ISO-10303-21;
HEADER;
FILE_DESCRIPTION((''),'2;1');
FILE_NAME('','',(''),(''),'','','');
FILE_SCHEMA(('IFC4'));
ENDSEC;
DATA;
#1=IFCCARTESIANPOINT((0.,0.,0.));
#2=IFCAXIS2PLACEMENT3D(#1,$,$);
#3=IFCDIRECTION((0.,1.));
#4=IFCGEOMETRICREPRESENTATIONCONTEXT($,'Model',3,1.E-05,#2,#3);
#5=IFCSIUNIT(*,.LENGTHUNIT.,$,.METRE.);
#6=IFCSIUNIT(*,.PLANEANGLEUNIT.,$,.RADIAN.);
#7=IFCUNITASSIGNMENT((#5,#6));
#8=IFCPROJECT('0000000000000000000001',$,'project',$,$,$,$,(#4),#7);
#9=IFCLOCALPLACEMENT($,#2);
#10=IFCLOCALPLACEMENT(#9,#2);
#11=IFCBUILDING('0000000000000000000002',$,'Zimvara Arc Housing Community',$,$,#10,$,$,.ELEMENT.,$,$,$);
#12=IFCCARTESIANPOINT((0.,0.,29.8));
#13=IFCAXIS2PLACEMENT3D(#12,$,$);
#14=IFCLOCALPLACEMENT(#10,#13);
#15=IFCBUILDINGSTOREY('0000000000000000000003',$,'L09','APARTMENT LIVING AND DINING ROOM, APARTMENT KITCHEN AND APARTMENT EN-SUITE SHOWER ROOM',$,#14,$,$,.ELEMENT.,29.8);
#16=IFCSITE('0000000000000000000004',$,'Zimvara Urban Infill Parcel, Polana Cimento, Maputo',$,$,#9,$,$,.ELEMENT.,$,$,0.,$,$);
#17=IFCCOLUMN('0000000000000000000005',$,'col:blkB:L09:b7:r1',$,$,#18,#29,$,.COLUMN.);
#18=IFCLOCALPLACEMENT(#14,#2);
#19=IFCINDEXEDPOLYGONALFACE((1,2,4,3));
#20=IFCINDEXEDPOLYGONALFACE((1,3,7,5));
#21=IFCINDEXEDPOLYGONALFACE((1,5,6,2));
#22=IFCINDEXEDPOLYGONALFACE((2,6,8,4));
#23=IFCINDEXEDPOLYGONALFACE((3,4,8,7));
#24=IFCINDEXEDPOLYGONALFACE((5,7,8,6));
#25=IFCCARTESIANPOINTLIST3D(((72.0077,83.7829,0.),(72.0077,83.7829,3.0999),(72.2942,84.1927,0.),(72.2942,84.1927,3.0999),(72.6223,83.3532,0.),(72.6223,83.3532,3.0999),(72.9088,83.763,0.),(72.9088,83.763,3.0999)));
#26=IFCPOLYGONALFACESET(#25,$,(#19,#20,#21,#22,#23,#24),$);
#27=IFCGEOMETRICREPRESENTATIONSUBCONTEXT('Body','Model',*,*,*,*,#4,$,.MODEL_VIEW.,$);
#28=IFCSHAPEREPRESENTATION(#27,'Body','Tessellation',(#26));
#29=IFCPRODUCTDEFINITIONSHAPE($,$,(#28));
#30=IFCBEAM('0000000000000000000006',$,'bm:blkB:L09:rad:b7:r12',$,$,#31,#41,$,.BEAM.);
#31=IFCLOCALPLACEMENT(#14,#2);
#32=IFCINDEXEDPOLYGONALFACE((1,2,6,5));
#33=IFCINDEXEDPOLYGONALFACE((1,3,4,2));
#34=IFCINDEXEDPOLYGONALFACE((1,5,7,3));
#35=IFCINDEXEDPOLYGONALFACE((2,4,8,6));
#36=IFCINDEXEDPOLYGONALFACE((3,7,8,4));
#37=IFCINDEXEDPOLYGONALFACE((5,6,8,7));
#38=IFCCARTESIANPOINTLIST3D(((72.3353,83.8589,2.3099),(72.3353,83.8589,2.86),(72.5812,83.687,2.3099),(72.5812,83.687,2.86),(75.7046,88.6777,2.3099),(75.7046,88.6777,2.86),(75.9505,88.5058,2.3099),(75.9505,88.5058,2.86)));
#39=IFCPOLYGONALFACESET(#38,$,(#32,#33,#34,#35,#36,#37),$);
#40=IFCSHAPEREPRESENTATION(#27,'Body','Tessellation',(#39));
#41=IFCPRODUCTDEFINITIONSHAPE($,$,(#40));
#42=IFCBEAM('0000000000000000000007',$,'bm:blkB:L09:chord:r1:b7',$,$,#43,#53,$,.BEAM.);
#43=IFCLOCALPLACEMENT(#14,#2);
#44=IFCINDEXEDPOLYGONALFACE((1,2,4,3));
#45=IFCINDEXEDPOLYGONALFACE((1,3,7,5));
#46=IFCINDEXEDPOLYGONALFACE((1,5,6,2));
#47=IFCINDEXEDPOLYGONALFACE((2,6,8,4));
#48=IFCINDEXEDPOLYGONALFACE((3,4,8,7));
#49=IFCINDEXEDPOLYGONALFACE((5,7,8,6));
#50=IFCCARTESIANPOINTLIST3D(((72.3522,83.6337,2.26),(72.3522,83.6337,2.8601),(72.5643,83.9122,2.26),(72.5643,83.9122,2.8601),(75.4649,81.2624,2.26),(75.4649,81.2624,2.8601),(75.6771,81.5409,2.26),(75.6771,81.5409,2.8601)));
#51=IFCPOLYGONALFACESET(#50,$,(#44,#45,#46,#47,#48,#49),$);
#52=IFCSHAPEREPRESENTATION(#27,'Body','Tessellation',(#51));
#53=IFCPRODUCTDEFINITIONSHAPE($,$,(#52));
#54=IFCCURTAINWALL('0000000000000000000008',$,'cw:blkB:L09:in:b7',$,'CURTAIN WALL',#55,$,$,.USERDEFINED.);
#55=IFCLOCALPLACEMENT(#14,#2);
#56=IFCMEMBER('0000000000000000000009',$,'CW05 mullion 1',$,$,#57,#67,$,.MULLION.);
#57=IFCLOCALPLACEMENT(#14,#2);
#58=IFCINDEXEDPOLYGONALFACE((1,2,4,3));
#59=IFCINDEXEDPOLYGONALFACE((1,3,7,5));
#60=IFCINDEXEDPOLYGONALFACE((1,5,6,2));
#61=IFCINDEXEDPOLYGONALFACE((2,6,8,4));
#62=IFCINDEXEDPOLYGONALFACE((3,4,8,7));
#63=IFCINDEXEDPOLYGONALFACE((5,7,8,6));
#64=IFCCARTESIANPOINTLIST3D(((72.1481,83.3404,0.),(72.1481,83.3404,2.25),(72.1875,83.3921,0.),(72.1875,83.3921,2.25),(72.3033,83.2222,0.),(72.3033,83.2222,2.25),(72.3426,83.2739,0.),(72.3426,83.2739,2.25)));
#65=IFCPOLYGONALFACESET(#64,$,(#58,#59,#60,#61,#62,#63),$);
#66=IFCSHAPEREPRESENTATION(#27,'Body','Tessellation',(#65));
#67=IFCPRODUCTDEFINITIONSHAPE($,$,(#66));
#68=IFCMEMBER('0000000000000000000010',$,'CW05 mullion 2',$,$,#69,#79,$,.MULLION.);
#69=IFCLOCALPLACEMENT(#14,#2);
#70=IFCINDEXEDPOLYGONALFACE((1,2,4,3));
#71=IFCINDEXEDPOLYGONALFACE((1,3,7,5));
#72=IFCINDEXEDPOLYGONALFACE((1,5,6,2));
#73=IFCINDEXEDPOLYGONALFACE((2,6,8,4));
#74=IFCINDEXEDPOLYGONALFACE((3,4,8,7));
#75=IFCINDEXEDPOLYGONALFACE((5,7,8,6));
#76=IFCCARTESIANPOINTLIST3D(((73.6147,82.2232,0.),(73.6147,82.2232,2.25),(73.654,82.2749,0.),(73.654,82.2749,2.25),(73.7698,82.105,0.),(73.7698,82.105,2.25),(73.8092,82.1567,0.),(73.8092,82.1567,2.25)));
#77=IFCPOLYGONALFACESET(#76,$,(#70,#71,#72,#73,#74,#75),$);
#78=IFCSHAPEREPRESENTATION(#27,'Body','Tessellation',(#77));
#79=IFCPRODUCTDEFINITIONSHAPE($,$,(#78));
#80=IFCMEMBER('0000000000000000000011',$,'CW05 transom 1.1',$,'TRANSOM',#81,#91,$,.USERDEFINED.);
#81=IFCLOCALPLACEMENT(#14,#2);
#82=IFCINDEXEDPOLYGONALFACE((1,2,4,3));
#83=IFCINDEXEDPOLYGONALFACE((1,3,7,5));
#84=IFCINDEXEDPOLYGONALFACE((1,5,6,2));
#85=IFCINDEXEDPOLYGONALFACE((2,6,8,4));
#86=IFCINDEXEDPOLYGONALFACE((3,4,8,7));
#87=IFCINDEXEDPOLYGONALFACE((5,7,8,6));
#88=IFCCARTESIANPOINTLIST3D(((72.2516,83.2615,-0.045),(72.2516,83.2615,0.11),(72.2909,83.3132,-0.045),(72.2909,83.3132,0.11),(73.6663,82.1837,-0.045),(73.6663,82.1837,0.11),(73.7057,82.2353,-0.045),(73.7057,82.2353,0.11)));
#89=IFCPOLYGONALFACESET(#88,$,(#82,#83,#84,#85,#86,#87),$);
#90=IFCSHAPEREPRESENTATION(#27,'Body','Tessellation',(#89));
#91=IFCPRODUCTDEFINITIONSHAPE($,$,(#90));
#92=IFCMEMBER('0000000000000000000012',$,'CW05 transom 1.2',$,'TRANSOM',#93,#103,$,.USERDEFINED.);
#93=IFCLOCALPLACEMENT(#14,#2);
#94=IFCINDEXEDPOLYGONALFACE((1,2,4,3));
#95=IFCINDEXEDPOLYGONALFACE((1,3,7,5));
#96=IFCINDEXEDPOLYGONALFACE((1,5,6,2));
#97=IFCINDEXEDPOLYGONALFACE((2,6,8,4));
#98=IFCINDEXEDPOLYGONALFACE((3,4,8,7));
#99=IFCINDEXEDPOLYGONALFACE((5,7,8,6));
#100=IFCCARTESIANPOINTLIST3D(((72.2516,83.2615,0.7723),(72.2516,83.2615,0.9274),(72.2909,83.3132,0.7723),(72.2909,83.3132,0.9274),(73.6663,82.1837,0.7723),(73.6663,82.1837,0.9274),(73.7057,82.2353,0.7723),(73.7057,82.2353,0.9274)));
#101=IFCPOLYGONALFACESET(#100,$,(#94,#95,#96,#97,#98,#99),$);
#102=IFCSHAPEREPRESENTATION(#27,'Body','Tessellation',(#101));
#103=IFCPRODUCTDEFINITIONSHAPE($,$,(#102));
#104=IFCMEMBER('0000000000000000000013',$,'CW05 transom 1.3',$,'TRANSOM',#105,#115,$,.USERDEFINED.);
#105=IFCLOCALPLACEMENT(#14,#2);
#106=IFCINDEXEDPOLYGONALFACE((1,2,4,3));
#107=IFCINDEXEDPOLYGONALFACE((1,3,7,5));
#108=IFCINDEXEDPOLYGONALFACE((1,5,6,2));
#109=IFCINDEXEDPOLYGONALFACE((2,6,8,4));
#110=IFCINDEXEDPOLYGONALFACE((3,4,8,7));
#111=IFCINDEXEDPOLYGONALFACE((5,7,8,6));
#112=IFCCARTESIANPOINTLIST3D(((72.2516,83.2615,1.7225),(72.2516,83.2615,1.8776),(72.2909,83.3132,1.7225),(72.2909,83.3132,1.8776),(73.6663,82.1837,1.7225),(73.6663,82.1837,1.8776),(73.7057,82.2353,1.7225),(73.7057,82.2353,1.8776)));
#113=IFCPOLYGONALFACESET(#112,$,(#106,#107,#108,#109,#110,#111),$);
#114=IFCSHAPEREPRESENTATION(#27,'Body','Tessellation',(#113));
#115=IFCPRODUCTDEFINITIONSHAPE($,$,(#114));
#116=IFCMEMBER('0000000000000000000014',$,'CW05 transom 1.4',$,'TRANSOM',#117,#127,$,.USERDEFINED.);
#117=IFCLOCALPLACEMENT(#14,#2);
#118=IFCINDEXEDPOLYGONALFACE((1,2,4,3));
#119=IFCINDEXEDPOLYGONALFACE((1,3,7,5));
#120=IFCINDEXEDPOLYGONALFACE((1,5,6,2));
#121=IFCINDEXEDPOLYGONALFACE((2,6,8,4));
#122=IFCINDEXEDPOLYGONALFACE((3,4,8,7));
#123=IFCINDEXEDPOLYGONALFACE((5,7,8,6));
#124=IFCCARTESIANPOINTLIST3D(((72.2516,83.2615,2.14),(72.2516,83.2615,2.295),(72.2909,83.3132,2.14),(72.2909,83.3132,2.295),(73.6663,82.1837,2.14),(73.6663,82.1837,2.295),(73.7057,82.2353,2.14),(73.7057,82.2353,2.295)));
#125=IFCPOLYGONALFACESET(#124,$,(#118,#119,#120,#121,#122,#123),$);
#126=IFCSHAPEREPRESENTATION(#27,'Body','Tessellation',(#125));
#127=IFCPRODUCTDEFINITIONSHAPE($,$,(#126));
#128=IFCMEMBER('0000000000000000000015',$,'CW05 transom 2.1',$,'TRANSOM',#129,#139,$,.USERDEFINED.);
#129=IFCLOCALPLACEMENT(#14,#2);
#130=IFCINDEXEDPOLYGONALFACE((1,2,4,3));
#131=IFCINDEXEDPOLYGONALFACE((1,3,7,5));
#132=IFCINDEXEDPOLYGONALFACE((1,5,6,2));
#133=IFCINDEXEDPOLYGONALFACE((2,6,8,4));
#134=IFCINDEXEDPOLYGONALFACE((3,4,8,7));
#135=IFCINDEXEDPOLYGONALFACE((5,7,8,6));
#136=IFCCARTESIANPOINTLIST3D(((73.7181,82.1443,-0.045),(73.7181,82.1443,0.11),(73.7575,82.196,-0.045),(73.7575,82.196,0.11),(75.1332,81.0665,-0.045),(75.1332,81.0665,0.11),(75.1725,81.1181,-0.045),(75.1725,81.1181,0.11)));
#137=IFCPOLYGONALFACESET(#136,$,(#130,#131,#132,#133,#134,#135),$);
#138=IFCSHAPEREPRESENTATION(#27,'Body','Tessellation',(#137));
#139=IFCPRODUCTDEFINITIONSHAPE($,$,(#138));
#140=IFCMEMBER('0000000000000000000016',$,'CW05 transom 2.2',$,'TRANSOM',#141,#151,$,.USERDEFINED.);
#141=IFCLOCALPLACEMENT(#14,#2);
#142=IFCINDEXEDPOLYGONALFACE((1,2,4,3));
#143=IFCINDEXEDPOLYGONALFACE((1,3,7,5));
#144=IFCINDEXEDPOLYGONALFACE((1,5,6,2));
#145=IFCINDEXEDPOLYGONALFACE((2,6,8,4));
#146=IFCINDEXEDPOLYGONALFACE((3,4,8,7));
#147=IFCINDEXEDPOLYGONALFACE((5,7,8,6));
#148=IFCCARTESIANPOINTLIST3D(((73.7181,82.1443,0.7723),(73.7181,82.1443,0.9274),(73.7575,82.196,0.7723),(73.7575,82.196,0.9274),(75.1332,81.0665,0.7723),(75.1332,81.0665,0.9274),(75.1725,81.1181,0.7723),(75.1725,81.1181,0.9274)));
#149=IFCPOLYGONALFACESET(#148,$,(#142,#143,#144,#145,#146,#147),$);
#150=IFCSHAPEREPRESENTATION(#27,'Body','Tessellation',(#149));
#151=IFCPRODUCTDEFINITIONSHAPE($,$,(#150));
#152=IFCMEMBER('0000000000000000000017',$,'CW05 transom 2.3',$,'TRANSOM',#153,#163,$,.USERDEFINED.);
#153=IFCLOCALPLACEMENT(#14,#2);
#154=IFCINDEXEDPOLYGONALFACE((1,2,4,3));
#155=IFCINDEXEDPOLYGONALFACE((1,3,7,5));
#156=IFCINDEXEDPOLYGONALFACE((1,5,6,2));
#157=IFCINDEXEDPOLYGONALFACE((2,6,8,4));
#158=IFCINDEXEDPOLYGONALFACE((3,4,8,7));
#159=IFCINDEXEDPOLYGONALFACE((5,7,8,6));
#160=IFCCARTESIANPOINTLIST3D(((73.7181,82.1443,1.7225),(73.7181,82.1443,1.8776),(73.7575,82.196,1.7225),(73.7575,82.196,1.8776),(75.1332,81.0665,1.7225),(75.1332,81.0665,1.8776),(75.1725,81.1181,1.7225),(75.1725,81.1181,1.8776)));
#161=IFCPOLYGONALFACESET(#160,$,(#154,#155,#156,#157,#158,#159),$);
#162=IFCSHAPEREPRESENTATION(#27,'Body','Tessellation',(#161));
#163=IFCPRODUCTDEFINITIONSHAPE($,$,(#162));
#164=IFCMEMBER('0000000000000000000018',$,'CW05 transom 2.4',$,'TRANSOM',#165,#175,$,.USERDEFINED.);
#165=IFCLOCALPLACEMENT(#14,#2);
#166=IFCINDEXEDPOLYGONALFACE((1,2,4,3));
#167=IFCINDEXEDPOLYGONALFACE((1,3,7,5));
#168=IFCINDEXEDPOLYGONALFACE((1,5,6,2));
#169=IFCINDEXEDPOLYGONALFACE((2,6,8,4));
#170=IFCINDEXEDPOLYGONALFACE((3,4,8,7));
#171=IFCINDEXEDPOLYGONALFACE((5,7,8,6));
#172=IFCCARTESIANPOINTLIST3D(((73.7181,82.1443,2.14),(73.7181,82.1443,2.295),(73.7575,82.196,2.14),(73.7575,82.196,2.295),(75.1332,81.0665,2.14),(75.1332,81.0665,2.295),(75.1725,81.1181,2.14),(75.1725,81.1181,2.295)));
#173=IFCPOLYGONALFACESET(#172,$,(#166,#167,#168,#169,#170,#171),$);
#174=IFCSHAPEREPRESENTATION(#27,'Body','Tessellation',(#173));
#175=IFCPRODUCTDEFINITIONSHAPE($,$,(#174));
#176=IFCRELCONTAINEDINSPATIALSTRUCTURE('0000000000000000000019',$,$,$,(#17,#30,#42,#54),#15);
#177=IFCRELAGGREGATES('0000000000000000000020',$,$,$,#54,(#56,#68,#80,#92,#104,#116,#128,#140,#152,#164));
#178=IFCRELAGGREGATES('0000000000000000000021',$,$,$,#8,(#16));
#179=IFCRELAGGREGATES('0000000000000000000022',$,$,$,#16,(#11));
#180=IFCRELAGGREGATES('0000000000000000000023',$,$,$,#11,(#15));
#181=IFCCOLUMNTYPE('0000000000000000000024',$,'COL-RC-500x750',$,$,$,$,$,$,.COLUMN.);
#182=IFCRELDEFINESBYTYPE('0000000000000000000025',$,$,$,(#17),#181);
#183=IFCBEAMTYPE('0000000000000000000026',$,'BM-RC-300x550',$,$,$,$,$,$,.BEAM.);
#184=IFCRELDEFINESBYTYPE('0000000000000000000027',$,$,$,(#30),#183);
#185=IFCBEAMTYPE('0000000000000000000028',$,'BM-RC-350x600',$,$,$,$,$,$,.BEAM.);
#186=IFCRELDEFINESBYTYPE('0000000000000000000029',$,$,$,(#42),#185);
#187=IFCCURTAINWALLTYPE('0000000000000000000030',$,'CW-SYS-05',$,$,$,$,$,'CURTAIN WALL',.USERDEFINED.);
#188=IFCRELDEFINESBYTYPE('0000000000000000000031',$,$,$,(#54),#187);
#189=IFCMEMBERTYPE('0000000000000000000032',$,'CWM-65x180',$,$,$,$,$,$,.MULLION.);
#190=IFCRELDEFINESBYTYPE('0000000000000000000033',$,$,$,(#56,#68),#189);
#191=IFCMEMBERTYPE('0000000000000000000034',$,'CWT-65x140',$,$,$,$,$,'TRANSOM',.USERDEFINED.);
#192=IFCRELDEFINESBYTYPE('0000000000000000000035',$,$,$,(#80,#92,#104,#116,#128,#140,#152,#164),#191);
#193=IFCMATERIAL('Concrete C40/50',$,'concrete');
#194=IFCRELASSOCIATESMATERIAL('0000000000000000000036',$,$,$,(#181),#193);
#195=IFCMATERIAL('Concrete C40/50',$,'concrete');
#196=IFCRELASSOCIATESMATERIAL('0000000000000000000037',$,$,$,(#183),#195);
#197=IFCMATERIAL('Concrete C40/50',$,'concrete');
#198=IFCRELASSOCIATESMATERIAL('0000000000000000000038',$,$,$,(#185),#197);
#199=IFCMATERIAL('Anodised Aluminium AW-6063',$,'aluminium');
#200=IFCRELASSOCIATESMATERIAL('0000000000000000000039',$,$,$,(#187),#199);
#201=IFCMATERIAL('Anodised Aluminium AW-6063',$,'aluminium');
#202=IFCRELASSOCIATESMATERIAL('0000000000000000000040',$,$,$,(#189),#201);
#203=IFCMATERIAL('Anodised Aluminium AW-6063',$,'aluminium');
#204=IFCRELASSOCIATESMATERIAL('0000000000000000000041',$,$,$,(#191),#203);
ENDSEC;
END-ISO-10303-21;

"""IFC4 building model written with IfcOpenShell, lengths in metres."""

from ifc_helpers import new_model, si_unit, direction, frame, origin, origin_2d, place, context, subcontext, project, spatial, rectangle, extrude, material, material_profile, profile_set, type_object, element, aggregate, save


model = new_model("IFC4")

# Units and contexts
model_context = context("Model", 3, precision=1e-05, world=origin(), true_north=direction((0.0, 1.0)))
body_context = subcontext(model_context, "Body", "Model", "MODEL_VIEW")
ifc_project = project(units=[si_unit("LENGTHUNIT", "METRE"), si_unit("PLANEANGLEUNIT", "RADIAN")], contexts=[model_context])

# Site, building, storey
site_placement = place(None, origin())
site = spatial("IfcSite", under=ifc_project, at=site_placement, Name="Zimvara Urban Infill Parcel, Polana Cimento, Maputo", CompositionType="ELEMENT", RefElevation=0.0)
building_placement = place(site_placement, origin())
building = spatial("IfcBuilding", under=site, at=building_placement, Name="Zimvara Arc Housing Community", CompositionType="ELEMENT")
storey_placement = place(building_placement, frame((0.0, 0.0, 29.8)))
storey = spatial("IfcBuildingStorey", under=building, at=storey_placement, Name="L09", Description="APARTMENT LIVING AND DINING ROOM, APARTMENT KITCHEN AND APARTMENT EN-SUITE SHOWER ROOM", CompositionType="ELEMENT", Elevation=29.8)

# Column
ifc_material_1 = material(Name="Concrete C40/50", Category="concrete")
ifc_material_profile_1 = material_profile(ifc_material_1, rectangle(XDim=0.5, YDim=0.75, at=origin_2d()), Name="RC 500x750")
ifc_profile_set_1 = profile_set([ifc_material_profile_1], Name="Concrete C40/50")
column_type = type_object("IfcColumnType", Name="COL-RC-500x750", PredefinedType="COLUMN", material=ifc_profile_set_1)
column_placement = place(storey_placement, frame((72.4583, 83.7729, 0.0), z_axis=(0.0, 0.0, 1.0), x_axis=(0.573004, 0.819552, 0.0)))
element("IfcColumn", 1, at=column_placement, inside=storey, type_object=column_type, Name="col:blkB:L09:b7:r1", PredefinedType="COLUMN", context=body_context, shape_type="SweptSolid", body=[
    extrude(rectangle(XDim=0.5, YDim=0.75, at=origin_2d()), origin(), (0.0, 0.0, 1.0), 3.0999),
])

# Beams
ifc_material_2 = material(Name="Concrete C40/50", Category="concrete")
ifc_material_profile_2 = material_profile(ifc_material_2, rectangle(XDim=0.3, YDim=0.55, at=origin_2d()), Name="RC 300x550")
ifc_profile_set_2 = profile_set([ifc_material_profile_2], Name="Concrete C40/50")
beam_type_1 = type_object("IfcBeamType", Name="BM-RC-300x550", PredefinedType="BEAM", material=ifc_profile_set_2)
beam_1_placement = place(storey_placement, frame((72.4583, 83.7729, 2.585), z_axis=(0.573028, 0.819536, 0.0), x_axis=(-0.819536, 0.573028, 0.0)))
element("IfcBeam", 2, at=beam_1_placement, inside=storey, type_object=beam_type_1, Name="bm:blkB:L09:rad:b7:r12", PredefinedType="BEAM", context=body_context, shape_type="SweptSolid", body=[
    extrude(rectangle(XDim=0.3, YDim=0.55, at=origin_2d()), origin(), (0.0, 0.0, 1.0), 5.8799),
])
ifc_material_3 = material(Name="Concrete C40/50", Category="concrete")
ifc_material_profile_3 = material_profile(ifc_material_3, rectangle(XDim=0.3501, YDim=0.6001, at=origin_2d()), Name="RC 350x600")
ifc_profile_set_3 = profile_set([ifc_material_profile_3], Name="Concrete C40/50")
beam_type_2 = type_object("IfcBeamType", Name="BM-RC-350x600", PredefinedType="BEAM", material=ifc_profile_set_3)
beam_2_placement = place(storey_placement, frame((72.4583, 83.7729, 2.5601), z_axis=(0.79547, -0.605992, 0.0), x_axis=(0.605992, 0.79547, 0.0)))
element("IfcBeam", 3, at=beam_2_placement, inside=storey, type_object=beam_type_2, Name="bm:blkB:L09:chord:r1:b7", PredefinedType="BEAM", context=body_context, shape_type="SweptSolid", body=[
    extrude(rectangle(XDim=0.3501, YDim=0.6001, at=origin_2d()), origin(), (0.0, 0.0, 1.0), 3.9131),
])

# Curtain wall, members
ifc_material_4 = material(Name="Anodised Aluminium AW-6063", Category="aluminium")
curtain_wall_type = type_object("IfcCurtainWallType", Name="CW-SYS-05", ElementType="CURTAIN WALL", PredefinedType="USERDEFINED", material=ifc_material_4)
curtain_wall_placement = place(storey_placement, origin())
curtain_wall = element("IfcCurtainWall", 4, at=curtain_wall_placement, inside=storey, type_object=curtain_wall_type, Name="cw:blkB:L09:in:b7", ObjectType="CURTAIN WALL", PredefinedType="USERDEFINED")
ifc_material_5 = material(Name="Anodised Aluminium AW-6063", Category="aluminium")
ifc_material_profile_4 = material_profile(ifc_material_5, rectangle(XDim=0.0649, YDim=0.1951, at=origin_2d()), Name="ALU 65x195")
ifc_profile_set_4 = profile_set([ifc_material_profile_4], Name="Anodised Aluminium AW-6063")
member_type_1 = type_object("IfcMemberType", Name="CWM-65x180", PredefinedType="MULLION", material=ifc_profile_set_4)
member_1_placement = place(storey_placement, frame((72.2454, 83.3071, 0.0), z_axis=(0.0, 0.0, 1.0), x_axis=(0.605988, 0.795474, 0.0)))
member_1 = element("IfcMember", 5, at=member_1_placement, type_object=member_type_1, Name="CW05 mullion 1", PredefinedType="MULLION", context=body_context, shape_type="SweptSolid", body=[
    extrude(rectangle(XDim=0.0649, YDim=0.1951, at=origin_2d()), origin(), (0.0, 0.0, 1.0), 2.25),
])
member_2_placement = place(storey_placement, frame((73.7119, 82.1899, 0.0), z_axis=(0.0, 0.0, 1.0), x_axis=(0.605988, 0.795474, 0.0)))
member_2 = element("IfcMember", 6, at=member_2_placement, type_object=member_type_1, Name="CW05 mullion 2", PredefinedType="MULLION", context=body_context, shape_type="SweptSolid", body=[
    extrude(rectangle(XDim=0.0649, YDim=0.1951, at=origin_2d()), origin(), (0.0, 0.0, 1.0), 2.25),
])
ifc_material_6 = material(Name="Anodised Aluminium AW-6063", Category="aluminium")
ifc_material_profile_5 = material_profile(ifc_material_6, rectangle(XDim=0.0649, YDim=0.155, at=origin_2d()), Name="ALU 65x155")
ifc_profile_set_5 = profile_set([ifc_material_profile_5], Name="Anodised Aluminium AW-6063")
member_type_2 = type_object("IfcMemberType", Name="CWT-65x140", ElementType="TRANSOM", PredefinedType="USERDEFINED", material=ifc_profile_set_5)
member_3_placement = place(storey_placement, frame((72.2712, 83.2874, 0.0325), z_axis=(0.795447, -0.606023, 0.0), x_axis=(0.606023, 0.795447, 0.0)))
member_3 = element("IfcMember", 7, at=member_3_placement, type_object=member_type_2, Name="CW05 transom 1.1", ObjectType="TRANSOM", PredefinedType="USERDEFINED", context=body_context, shape_type="SweptSolid", body=[
    extrude(rectangle(XDim=0.0649, YDim=0.155, at=origin_2d()), origin(), (0.0, 0.0, 1.0), 1.7786),
])
member_4_placement = place(storey_placement, frame((72.2712, 83.2874, 0.8499), z_axis=(0.795447, -0.606023, 0.0), x_axis=(0.606023, 0.795447, 0.0)))
member_4 = element("IfcMember", 8, at=member_4_placement, type_object=member_type_2, Name="CW05 transom 1.2", ObjectType="TRANSOM", PredefinedType="USERDEFINED", context=body_context, shape_type="SweptSolid", body=[
    extrude(rectangle(XDim=0.0649, YDim=0.155, at=origin_2d()), origin(), (0.0, 0.0, 1.0), 1.7786),
])
member_5_placement = place(storey_placement, frame((72.2712, 83.2874, 1.8), z_axis=(0.795447, -0.606023, 0.0), x_axis=(0.606023, 0.795447, 0.0)))
member_5 = element("IfcMember", 9, at=member_5_placement, type_object=member_type_2, Name="CW05 transom 1.3", ObjectType="TRANSOM", PredefinedType="USERDEFINED", context=body_context, shape_type="SweptSolid", body=[
    extrude(rectangle(XDim=0.0649, YDim=0.155, at=origin_2d()), origin(), (0.0, 0.0, 1.0), 1.7786),
])
member_6_placement = place(storey_placement, frame((72.2712, 83.2874, 2.2175), z_axis=(0.795447, -0.606023, 0.0), x_axis=(0.606023, 0.795447, 0.0)))
member_6 = element("IfcMember", 10, at=member_6_placement, type_object=member_type_2, Name="CW05 transom 1.4", ObjectType="TRANSOM", PredefinedType="USERDEFINED", context=body_context, shape_type="SweptSolid", body=[
    extrude(rectangle(XDim=0.0649, YDim=0.155, at=origin_2d()), origin(), (0.0, 0.0, 1.0), 1.7786),
])
member_7_placement = place(storey_placement, frame((73.7378, 82.1702, 0.0325), z_axis=(0.795498, -0.605956, 0.0), x_axis=(0.605956, 0.795498, 0.0)))
member_7 = element("IfcMember", 11, at=member_7_placement, type_object=member_type_2, Name="CW05 transom 2.1", ObjectType="TRANSOM", PredefinedType="USERDEFINED", context=body_context, shape_type="SweptSolid", body=[
    extrude(rectangle(XDim=0.0649, YDim=0.155, at=origin_2d()), origin(), (0.0, 0.0, 1.0), 1.7788),
])
member_8_placement = place(storey_placement, frame((73.7378, 82.1702, 0.8499), z_axis=(0.795498, -0.605956, 0.0), x_axis=(0.605956, 0.795498, 0.0)))
member_8 = element("IfcMember", 12, at=member_8_placement, type_object=member_type_2, Name="CW05 transom 2.2", ObjectType="TRANSOM", PredefinedType="USERDEFINED", context=body_context, shape_type="SweptSolid", body=[
    extrude(rectangle(XDim=0.0649, YDim=0.155, at=origin_2d()), origin(), (0.0, 0.0, 1.0), 1.7788),
])
member_9_placement = place(storey_placement, frame((73.7378, 82.1702, 1.8), z_axis=(0.795498, -0.605956, 0.0), x_axis=(0.605956, 0.795498, 0.0)))
member_9 = element("IfcMember", 13, at=member_9_placement, type_object=member_type_2, Name="CW05 transom 2.3", ObjectType="TRANSOM", PredefinedType="USERDEFINED", context=body_context, shape_type="SweptSolid", body=[
    extrude(rectangle(XDim=0.0649, YDim=0.155, at=origin_2d()), origin(), (0.0, 0.0, 1.0), 1.7788),
])
member_10_placement = place(storey_placement, frame((73.7378, 82.1702, 2.2175), z_axis=(0.795498, -0.605956, 0.0), x_axis=(0.605956, 0.795498, 0.0)))
member_10 = element("IfcMember", 14, at=member_10_placement, type_object=member_type_2, Name="CW05 transom 2.4", ObjectType="TRANSOM", PredefinedType="USERDEFINED", context=body_context, shape_type="SweptSolid", body=[
    extrude(rectangle(XDim=0.0649, YDim=0.155, at=origin_2d()), origin(), (0.0, 0.0, 1.0), 1.7788),
])
aggregate(curtain_wall, [member_1, member_2, member_3, member_4, member_5, member_6, member_7, member_8, member_9, member_10])

save(model, "model.ifc")
